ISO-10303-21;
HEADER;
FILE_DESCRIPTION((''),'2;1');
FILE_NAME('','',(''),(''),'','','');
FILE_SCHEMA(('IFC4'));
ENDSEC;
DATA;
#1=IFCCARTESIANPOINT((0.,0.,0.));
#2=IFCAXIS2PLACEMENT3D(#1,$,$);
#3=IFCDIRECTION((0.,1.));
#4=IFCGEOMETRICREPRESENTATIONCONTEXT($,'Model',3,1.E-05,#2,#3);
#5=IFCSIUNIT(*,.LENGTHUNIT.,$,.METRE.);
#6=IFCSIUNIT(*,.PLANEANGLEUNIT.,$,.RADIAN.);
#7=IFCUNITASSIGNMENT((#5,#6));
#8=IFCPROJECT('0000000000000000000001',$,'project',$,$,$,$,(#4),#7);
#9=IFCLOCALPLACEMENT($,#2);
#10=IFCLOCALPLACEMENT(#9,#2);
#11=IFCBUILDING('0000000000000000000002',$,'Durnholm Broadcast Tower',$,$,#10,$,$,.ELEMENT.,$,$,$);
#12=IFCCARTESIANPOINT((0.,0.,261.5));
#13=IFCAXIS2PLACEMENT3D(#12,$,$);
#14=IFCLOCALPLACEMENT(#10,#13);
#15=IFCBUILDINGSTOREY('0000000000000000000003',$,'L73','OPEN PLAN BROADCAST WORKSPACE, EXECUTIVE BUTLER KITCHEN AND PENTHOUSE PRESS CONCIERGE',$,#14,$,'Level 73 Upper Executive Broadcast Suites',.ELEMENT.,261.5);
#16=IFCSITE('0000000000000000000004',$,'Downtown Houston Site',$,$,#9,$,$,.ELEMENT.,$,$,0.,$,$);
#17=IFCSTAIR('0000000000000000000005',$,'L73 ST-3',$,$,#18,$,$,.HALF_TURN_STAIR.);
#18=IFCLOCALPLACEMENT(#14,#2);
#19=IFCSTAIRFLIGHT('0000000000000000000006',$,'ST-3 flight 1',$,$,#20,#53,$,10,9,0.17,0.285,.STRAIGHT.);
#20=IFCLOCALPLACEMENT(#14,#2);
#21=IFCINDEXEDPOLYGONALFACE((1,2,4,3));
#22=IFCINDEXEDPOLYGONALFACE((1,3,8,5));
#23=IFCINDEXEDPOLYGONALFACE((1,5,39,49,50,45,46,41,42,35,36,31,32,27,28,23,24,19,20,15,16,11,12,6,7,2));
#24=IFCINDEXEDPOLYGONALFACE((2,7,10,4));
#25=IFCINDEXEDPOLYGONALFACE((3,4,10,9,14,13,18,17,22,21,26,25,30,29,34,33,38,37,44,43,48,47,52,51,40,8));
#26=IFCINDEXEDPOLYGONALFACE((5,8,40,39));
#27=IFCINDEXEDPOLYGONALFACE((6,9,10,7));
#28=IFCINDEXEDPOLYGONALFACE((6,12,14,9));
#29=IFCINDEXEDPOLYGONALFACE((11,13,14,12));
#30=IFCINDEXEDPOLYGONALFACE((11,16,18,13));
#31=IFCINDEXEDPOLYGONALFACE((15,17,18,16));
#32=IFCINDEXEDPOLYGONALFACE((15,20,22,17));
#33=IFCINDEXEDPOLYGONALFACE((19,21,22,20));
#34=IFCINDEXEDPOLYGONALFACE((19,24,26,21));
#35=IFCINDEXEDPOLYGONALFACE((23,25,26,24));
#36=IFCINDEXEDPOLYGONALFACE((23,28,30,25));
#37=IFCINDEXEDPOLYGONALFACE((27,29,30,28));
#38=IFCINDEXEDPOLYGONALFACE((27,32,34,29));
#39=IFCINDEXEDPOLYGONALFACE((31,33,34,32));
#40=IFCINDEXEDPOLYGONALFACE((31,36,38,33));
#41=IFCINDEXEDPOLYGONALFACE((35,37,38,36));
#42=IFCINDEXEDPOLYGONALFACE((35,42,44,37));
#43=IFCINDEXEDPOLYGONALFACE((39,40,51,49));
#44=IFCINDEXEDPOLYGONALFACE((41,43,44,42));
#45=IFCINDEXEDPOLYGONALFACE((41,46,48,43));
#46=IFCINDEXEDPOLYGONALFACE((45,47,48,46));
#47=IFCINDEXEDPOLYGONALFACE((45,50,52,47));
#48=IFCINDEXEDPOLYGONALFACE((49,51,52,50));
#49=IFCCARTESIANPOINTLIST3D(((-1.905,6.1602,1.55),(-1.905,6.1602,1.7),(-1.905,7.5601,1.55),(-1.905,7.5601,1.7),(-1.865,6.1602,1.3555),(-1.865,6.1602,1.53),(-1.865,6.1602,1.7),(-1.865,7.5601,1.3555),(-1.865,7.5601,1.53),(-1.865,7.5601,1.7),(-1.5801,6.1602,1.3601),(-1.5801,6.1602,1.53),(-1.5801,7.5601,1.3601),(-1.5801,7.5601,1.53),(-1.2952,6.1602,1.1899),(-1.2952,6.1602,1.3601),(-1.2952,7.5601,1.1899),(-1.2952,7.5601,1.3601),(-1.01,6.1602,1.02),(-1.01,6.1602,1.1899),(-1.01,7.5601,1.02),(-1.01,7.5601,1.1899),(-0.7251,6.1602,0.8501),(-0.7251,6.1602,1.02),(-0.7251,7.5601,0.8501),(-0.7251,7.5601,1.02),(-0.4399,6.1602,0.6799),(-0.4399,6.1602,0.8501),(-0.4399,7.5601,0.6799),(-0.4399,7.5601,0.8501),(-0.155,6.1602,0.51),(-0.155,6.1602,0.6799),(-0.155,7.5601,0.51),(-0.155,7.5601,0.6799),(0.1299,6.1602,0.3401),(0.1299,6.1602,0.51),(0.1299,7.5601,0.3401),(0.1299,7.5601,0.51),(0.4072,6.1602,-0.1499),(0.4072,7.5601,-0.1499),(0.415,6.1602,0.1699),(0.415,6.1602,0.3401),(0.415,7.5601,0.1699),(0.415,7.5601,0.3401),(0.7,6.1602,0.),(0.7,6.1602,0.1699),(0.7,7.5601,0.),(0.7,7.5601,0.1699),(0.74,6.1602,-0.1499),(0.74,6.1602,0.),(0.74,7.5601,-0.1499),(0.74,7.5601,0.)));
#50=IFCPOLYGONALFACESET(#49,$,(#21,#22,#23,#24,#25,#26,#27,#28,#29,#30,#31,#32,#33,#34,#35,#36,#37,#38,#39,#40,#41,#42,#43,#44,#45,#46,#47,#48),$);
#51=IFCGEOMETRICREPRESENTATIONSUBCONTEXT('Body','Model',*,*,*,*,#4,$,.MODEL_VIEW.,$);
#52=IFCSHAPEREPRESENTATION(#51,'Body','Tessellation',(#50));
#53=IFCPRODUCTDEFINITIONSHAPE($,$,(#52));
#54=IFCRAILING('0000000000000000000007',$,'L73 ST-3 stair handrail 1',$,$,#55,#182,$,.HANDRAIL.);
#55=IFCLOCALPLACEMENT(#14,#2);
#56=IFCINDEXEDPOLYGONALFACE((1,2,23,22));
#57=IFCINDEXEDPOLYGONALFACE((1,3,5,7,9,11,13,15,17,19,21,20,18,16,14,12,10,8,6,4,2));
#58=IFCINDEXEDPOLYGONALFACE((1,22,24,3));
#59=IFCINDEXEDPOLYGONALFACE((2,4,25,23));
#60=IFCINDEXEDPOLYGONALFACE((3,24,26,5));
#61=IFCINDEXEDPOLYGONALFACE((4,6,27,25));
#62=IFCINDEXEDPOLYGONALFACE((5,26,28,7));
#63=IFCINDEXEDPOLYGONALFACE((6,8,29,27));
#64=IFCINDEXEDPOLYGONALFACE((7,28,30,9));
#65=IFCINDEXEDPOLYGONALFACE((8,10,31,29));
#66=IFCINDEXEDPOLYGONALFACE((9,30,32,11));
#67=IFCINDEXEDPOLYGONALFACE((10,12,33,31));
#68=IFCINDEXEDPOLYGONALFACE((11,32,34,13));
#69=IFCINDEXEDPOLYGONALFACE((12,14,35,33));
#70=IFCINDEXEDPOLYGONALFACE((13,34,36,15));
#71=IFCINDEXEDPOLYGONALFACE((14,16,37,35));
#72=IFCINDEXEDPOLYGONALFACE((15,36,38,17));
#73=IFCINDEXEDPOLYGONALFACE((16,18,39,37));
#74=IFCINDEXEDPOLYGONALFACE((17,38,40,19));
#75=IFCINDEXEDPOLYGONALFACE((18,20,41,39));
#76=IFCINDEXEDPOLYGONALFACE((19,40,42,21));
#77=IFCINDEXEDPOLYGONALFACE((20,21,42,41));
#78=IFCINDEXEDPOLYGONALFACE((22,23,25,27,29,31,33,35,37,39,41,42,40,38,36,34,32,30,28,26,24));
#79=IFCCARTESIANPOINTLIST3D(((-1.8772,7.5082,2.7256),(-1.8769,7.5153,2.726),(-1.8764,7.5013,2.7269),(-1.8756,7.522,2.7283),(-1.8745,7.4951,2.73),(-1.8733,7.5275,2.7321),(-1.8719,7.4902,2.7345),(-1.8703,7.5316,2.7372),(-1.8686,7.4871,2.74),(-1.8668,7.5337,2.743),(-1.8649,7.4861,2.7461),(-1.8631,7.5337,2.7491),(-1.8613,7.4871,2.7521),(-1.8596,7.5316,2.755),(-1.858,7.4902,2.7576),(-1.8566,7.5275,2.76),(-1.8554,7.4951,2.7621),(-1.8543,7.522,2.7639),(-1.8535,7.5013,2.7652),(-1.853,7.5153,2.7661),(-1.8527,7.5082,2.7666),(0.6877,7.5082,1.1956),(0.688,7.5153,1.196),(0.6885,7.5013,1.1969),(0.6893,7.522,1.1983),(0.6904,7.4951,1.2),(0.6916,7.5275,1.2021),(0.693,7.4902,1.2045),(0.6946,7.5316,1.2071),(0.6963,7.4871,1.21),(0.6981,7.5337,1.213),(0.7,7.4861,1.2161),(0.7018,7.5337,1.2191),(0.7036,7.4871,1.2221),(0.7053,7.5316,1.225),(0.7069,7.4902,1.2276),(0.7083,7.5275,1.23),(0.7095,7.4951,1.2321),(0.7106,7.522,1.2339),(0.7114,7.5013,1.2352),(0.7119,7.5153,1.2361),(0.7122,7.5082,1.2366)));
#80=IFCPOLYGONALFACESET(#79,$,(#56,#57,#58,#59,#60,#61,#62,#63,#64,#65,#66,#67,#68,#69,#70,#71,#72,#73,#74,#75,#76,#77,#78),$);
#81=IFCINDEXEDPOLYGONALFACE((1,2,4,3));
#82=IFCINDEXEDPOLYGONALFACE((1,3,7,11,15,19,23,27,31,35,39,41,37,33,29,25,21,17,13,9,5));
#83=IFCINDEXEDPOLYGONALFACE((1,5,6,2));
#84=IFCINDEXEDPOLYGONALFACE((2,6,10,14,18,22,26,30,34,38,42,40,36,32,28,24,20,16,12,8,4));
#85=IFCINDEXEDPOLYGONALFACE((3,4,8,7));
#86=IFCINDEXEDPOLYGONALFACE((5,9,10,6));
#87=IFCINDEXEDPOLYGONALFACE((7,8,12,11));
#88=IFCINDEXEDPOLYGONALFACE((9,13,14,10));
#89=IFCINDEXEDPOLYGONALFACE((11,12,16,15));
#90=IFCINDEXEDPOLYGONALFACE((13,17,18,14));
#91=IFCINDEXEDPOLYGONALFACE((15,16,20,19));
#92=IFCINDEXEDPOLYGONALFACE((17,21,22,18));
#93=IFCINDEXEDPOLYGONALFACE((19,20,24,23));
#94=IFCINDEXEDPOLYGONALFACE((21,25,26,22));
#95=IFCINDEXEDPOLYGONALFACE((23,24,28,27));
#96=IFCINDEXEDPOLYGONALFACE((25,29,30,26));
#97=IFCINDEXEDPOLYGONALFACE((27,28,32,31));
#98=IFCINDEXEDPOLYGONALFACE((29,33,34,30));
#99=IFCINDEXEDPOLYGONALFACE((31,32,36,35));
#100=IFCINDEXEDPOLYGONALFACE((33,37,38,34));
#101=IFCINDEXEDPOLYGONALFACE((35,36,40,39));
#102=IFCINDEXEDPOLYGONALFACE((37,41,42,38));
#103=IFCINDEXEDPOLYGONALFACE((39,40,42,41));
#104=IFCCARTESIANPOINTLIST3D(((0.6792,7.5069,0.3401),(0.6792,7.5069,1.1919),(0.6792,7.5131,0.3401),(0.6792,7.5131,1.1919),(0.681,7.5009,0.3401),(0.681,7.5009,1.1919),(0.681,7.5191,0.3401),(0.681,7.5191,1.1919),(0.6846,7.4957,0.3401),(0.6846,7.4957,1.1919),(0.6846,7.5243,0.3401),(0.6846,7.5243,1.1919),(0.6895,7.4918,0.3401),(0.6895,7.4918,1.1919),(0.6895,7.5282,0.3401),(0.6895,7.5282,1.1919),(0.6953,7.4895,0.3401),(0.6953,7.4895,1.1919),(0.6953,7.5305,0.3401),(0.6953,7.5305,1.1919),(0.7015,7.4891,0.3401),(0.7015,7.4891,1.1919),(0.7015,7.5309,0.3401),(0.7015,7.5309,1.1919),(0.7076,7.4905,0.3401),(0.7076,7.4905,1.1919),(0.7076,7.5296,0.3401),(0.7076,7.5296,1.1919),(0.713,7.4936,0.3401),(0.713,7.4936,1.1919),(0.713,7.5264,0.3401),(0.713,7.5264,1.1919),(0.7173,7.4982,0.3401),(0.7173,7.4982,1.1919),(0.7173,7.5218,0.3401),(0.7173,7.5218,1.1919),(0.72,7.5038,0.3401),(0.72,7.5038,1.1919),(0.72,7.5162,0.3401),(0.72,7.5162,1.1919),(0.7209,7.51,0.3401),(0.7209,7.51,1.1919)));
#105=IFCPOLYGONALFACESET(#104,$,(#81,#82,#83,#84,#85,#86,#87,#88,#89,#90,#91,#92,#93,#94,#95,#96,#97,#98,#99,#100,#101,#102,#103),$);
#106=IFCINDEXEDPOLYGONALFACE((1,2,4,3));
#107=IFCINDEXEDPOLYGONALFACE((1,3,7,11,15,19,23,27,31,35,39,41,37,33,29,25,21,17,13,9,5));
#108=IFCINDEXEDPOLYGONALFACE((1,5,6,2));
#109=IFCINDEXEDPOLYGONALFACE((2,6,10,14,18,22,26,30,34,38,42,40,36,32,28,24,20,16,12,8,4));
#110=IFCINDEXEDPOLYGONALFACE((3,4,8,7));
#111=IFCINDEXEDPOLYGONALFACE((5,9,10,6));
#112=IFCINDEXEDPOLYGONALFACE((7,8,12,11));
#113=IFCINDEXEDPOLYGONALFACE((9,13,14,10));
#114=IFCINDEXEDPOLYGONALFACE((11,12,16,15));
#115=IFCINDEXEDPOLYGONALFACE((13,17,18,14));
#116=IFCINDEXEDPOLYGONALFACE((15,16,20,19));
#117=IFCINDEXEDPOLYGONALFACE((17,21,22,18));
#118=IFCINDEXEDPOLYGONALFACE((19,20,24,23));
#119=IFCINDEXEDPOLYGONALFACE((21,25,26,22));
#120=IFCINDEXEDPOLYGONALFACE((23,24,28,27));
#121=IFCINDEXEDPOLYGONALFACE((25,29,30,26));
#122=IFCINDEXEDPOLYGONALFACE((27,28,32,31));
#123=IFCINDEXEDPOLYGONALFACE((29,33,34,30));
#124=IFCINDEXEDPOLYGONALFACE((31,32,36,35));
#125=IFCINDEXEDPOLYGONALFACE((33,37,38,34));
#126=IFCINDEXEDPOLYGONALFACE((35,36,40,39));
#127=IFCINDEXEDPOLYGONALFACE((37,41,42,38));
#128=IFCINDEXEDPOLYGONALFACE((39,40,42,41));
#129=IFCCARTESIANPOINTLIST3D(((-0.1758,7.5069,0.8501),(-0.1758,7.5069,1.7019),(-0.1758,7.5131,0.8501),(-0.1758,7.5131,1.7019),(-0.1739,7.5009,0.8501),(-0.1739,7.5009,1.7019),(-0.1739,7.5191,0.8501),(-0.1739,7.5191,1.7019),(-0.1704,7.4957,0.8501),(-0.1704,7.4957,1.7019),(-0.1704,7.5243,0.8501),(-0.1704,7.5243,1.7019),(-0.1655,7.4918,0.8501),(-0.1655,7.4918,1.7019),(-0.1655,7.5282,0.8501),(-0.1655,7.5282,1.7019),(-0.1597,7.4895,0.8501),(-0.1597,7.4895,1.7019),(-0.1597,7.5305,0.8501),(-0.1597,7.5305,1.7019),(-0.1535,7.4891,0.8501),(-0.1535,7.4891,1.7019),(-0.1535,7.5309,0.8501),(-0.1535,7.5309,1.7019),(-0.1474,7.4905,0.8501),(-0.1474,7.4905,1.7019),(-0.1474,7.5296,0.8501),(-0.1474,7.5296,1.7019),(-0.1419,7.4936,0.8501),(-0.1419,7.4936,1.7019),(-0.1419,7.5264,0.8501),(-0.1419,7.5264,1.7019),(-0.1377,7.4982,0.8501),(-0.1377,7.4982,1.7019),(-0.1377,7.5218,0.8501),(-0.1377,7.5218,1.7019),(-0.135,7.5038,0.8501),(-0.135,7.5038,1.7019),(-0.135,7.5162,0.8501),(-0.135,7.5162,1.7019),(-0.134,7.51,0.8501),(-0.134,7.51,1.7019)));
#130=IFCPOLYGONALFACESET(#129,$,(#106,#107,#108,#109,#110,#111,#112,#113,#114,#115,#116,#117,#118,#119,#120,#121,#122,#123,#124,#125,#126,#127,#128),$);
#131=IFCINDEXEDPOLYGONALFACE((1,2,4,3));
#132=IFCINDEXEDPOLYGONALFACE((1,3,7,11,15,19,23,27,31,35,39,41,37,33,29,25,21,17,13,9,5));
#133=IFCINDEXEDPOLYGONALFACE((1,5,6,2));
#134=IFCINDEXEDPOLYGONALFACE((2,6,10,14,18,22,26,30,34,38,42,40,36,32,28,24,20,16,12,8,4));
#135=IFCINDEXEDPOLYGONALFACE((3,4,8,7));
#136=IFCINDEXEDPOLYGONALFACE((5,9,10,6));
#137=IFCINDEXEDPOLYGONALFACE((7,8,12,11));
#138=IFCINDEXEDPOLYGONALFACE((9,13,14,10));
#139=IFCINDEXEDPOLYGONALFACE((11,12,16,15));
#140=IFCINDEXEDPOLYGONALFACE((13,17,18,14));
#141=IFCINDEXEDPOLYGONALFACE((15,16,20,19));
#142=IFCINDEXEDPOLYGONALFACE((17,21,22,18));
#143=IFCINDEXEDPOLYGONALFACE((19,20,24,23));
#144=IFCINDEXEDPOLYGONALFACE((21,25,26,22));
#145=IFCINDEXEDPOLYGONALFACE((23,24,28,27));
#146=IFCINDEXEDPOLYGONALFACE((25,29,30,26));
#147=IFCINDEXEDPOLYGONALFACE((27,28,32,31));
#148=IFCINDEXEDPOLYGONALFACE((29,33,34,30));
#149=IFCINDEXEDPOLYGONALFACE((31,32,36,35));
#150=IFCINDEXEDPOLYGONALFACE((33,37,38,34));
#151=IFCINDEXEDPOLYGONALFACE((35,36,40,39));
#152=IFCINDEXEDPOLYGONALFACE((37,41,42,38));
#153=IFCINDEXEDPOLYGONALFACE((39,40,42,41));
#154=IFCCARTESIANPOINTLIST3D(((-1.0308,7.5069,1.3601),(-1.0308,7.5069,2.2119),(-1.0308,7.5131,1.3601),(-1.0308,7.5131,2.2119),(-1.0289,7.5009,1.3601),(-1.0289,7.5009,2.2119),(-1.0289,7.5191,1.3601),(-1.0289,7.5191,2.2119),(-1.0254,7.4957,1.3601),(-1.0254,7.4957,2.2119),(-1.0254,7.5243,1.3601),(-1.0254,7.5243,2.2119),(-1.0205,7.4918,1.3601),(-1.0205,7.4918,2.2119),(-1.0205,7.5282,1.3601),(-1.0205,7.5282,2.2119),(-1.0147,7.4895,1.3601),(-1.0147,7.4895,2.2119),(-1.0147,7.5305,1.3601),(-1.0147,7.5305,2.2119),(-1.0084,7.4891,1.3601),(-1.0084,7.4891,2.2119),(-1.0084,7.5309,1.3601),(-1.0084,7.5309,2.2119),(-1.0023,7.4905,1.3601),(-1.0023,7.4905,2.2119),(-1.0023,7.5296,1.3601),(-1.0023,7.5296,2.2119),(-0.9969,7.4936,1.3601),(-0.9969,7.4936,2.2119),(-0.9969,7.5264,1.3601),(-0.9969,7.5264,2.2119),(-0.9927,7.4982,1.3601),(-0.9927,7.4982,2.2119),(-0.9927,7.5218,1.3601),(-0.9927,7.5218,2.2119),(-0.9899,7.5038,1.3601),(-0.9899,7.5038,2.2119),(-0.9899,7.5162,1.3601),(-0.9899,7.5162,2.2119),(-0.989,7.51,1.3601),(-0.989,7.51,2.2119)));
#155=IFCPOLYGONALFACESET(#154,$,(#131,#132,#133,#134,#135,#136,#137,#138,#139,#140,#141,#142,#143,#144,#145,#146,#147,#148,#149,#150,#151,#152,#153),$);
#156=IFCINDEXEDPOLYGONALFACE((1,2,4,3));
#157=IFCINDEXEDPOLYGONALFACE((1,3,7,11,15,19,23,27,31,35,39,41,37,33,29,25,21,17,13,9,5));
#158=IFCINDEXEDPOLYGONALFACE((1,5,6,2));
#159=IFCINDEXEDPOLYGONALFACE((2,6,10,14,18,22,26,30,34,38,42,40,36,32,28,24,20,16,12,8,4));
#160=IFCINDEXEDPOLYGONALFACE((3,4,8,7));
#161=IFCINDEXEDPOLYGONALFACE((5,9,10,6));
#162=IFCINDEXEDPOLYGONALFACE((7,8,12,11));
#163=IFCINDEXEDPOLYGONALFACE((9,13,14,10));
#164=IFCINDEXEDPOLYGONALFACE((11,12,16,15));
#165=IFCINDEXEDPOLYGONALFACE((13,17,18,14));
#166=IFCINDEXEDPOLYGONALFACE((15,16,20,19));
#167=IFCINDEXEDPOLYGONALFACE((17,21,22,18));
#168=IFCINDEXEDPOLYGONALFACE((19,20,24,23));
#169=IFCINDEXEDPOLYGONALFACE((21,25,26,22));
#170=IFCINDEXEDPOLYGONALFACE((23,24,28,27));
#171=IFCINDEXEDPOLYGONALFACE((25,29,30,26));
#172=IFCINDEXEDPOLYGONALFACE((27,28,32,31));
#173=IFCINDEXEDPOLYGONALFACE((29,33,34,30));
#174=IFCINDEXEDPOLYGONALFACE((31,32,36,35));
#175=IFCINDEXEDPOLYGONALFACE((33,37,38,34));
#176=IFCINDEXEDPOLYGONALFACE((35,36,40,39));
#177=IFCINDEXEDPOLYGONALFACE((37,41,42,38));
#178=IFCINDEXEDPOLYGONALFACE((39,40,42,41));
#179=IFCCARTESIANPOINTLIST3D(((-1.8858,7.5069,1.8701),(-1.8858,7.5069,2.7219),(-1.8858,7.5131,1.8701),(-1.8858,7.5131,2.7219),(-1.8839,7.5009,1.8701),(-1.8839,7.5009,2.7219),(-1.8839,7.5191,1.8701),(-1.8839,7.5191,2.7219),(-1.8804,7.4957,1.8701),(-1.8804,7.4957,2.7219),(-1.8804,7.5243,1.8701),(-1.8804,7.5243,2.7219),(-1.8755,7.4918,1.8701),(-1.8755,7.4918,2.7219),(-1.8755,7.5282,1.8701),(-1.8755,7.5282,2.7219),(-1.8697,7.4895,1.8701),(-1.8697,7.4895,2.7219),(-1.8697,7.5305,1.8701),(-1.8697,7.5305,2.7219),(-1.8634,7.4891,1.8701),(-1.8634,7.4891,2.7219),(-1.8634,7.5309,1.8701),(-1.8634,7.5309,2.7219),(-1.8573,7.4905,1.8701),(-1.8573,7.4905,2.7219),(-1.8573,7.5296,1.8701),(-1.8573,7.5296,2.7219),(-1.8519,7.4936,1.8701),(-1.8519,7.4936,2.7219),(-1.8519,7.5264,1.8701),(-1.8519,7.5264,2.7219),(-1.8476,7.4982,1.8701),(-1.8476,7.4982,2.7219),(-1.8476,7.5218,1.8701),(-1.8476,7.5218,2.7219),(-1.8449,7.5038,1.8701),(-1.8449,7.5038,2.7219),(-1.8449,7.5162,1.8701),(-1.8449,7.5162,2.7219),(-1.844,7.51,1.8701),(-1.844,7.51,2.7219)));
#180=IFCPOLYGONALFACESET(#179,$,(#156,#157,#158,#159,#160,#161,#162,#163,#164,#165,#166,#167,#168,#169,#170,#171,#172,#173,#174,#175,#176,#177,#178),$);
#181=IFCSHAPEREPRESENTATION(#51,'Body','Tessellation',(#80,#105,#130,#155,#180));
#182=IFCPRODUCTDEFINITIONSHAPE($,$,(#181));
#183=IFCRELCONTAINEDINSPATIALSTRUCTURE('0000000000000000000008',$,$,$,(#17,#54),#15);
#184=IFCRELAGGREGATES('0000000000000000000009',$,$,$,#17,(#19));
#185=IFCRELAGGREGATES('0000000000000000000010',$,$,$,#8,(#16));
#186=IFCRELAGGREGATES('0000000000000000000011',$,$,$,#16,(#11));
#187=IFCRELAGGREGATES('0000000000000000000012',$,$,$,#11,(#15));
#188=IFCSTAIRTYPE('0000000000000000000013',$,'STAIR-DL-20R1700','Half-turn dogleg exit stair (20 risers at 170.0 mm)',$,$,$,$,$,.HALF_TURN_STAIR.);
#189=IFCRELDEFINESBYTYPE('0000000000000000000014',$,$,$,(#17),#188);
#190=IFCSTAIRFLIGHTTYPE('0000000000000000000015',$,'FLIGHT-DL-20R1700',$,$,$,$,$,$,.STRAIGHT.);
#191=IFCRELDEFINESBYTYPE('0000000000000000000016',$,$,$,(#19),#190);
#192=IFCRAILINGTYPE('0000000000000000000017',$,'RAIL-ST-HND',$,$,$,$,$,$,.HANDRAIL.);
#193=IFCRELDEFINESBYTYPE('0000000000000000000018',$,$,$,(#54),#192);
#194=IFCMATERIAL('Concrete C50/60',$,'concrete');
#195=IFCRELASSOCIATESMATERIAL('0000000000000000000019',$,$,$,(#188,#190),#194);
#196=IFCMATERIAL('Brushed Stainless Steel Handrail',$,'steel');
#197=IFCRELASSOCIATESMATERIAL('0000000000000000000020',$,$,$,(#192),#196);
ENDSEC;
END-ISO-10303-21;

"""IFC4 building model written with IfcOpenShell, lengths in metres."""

from ifc_helpers import new_model, si_unit, direction, frame, origin, origin_2d, place, context, subcontext, project, spatial, polyline, circle, outline, extrude, material, type_object, element, aggregate, save


model = new_model("IFC4")

# Units and contexts
model_context = context("Model", 3, precision=1e-05, world=origin(), true_north=direction((0.0, 1.0)))
body_context = subcontext(model_context, "Body", "Model", "MODEL_VIEW")
ifc_project = project(units=[si_unit("LENGTHUNIT", "METRE"), si_unit("PLANEANGLEUNIT", "RADIAN")], contexts=[model_context])

# Site, building, storey
site_placement = place(None, origin())
site = spatial("IfcSite", under=ifc_project, at=site_placement, Name="Downtown Houston Site", CompositionType="ELEMENT", RefElevation=0.0)
building_placement = place(site_placement, origin())
building = spatial("IfcBuilding", under=site, at=building_placement, Name="Durnholm Broadcast Tower", CompositionType="ELEMENT")
storey_placement = place(building_placement, frame((0.0, 0.0, 261.5)))
storey = spatial("IfcBuildingStorey", under=building, at=storey_placement, Name="L73", Description="OPEN PLAN BROADCAST WORKSPACE, EXECUTIVE BUTLER KITCHEN AND PENTHOUSE PRESS CONCIERGE", LongName="Level 73 Upper Executive Broadcast Suites", CompositionType="ELEMENT", Elevation=261.5)

# Shared definitions
ifc_material_1 = material(Name="Concrete C50/60", Category="concrete")

# Stair, stair flight
stair_type = type_object("IfcStairType", Name="STAIR-DL-20R1700", Description="Half-turn dogleg exit stair (20 risers at 170.0 mm)", PredefinedType="HALF_TURN_STAIR", material=ifc_material_1)
stair_placement = place(storey_placement, origin())
stair = element("IfcStair", 1, at=stair_placement, inside=storey, type_object=stair_type, Name="L73 ST-3", PredefinedType="HALF_TURN_STAIR")
stair_flight_type = type_object("IfcStairFlightType", Name="FLIGHT-DL-20R1700", PredefinedType="STRAIGHT", material=ifc_material_1)
stair_flight_placement = place(storey_placement, frame((0.7, 6.8601, 0.0), z_axis=(0.0, 0.0, 1.0), x_axis=(-1.0, 0.0, 0.0)))
stair_flight = element("IfcStairFlight", 2, at=stair_flight_placement, type_object=stair_flight_type, Name="ST-3 flight 1", NumberOfRisers=10, NumberOfTreads=9, PredefinedType="STRAIGHT", RiserHeight=0.17, TreadLength=0.285, context=body_context, shape_type="SweptSolid", body=[
    extrude(outline(polyline([(-0.04, -0.1499), (-0.04, 0.0), (0.0, 0.0), (0.0, 0.1699), (0.2849, 0.1699), (0.2849, 0.3401), (0.5701, 0.3401), (0.5701, 0.51), (0.855, 0.51), (0.855, 0.6799), (1.1399, 0.6799), (1.1399, 0.8501), (1.425, 0.8501), (1.425, 1.02), (1.71, 1.02), (1.71, 1.1899), (1.9951, 1.1899), (1.9951, 1.3601), (2.28, 1.3601), (2.28, 1.53), (2.5649, 1.53), (2.5649, 1.7), (2.605, 1.7), (2.605, 1.55), (2.5649, 1.3555), (0.2927, -0.1499), (-0.04, -0.1499)])), frame((0.0, 0.7, 0.0), z_axis=(0.0, -1.0, 0.0), x_axis=(1.0, 0.0, 0.0)), (0.0, 0.0, 1.0), 1.3999),
])
aggregate(stair, [stair_flight])

# Railing
ifc_material_2 = material(Name="Brushed Stainless Steel Handrail", Category="steel")
railing_type = type_object("IfcRailingType", Name="RAIL-ST-HND", PredefinedType="HANDRAIL", material=ifc_material_2)
railing_placement = place(storey_placement, frame((0.7, 7.51, 0.3401)))
element("IfcRailing", 3, at=railing_placement, inside=storey, type_object=railing_type, Name="L73 ST-3 stair handrail 1", PredefinedType="HANDRAIL", context=body_context, shape_type="SweptSolid", body=[
    extrude(circle(Radius=0.0239, at=origin_2d()), frame((0.0, 0.0, 0.876), z_axis=(-0.85881, 0.0, 0.512294), x_axis=(0.0, -1.0, 0.0)), (0.0, 0.0, 1.0), 2.9866),
    extrude(circle(Radius=0.021, at=origin_2d()), origin(), (0.0, 0.0, 1.0), 0.8518),
    extrude(circle(Radius=0.021, at=origin_2d()), frame((-0.855, 0.0, 0.51)), (0.0, 0.0, 1.0), 0.8518),
    extrude(circle(Radius=0.021, at=origin_2d()), frame((-1.71, 0.0, 1.02)), (0.0, 0.0, 1.0), 0.8518),
    extrude(circle(Radius=0.021, at=origin_2d()), frame((-2.5649, 0.0, 1.53)), (0.0, 0.0, 1.0), 0.8518),
])

save(model, "model.ifc")
